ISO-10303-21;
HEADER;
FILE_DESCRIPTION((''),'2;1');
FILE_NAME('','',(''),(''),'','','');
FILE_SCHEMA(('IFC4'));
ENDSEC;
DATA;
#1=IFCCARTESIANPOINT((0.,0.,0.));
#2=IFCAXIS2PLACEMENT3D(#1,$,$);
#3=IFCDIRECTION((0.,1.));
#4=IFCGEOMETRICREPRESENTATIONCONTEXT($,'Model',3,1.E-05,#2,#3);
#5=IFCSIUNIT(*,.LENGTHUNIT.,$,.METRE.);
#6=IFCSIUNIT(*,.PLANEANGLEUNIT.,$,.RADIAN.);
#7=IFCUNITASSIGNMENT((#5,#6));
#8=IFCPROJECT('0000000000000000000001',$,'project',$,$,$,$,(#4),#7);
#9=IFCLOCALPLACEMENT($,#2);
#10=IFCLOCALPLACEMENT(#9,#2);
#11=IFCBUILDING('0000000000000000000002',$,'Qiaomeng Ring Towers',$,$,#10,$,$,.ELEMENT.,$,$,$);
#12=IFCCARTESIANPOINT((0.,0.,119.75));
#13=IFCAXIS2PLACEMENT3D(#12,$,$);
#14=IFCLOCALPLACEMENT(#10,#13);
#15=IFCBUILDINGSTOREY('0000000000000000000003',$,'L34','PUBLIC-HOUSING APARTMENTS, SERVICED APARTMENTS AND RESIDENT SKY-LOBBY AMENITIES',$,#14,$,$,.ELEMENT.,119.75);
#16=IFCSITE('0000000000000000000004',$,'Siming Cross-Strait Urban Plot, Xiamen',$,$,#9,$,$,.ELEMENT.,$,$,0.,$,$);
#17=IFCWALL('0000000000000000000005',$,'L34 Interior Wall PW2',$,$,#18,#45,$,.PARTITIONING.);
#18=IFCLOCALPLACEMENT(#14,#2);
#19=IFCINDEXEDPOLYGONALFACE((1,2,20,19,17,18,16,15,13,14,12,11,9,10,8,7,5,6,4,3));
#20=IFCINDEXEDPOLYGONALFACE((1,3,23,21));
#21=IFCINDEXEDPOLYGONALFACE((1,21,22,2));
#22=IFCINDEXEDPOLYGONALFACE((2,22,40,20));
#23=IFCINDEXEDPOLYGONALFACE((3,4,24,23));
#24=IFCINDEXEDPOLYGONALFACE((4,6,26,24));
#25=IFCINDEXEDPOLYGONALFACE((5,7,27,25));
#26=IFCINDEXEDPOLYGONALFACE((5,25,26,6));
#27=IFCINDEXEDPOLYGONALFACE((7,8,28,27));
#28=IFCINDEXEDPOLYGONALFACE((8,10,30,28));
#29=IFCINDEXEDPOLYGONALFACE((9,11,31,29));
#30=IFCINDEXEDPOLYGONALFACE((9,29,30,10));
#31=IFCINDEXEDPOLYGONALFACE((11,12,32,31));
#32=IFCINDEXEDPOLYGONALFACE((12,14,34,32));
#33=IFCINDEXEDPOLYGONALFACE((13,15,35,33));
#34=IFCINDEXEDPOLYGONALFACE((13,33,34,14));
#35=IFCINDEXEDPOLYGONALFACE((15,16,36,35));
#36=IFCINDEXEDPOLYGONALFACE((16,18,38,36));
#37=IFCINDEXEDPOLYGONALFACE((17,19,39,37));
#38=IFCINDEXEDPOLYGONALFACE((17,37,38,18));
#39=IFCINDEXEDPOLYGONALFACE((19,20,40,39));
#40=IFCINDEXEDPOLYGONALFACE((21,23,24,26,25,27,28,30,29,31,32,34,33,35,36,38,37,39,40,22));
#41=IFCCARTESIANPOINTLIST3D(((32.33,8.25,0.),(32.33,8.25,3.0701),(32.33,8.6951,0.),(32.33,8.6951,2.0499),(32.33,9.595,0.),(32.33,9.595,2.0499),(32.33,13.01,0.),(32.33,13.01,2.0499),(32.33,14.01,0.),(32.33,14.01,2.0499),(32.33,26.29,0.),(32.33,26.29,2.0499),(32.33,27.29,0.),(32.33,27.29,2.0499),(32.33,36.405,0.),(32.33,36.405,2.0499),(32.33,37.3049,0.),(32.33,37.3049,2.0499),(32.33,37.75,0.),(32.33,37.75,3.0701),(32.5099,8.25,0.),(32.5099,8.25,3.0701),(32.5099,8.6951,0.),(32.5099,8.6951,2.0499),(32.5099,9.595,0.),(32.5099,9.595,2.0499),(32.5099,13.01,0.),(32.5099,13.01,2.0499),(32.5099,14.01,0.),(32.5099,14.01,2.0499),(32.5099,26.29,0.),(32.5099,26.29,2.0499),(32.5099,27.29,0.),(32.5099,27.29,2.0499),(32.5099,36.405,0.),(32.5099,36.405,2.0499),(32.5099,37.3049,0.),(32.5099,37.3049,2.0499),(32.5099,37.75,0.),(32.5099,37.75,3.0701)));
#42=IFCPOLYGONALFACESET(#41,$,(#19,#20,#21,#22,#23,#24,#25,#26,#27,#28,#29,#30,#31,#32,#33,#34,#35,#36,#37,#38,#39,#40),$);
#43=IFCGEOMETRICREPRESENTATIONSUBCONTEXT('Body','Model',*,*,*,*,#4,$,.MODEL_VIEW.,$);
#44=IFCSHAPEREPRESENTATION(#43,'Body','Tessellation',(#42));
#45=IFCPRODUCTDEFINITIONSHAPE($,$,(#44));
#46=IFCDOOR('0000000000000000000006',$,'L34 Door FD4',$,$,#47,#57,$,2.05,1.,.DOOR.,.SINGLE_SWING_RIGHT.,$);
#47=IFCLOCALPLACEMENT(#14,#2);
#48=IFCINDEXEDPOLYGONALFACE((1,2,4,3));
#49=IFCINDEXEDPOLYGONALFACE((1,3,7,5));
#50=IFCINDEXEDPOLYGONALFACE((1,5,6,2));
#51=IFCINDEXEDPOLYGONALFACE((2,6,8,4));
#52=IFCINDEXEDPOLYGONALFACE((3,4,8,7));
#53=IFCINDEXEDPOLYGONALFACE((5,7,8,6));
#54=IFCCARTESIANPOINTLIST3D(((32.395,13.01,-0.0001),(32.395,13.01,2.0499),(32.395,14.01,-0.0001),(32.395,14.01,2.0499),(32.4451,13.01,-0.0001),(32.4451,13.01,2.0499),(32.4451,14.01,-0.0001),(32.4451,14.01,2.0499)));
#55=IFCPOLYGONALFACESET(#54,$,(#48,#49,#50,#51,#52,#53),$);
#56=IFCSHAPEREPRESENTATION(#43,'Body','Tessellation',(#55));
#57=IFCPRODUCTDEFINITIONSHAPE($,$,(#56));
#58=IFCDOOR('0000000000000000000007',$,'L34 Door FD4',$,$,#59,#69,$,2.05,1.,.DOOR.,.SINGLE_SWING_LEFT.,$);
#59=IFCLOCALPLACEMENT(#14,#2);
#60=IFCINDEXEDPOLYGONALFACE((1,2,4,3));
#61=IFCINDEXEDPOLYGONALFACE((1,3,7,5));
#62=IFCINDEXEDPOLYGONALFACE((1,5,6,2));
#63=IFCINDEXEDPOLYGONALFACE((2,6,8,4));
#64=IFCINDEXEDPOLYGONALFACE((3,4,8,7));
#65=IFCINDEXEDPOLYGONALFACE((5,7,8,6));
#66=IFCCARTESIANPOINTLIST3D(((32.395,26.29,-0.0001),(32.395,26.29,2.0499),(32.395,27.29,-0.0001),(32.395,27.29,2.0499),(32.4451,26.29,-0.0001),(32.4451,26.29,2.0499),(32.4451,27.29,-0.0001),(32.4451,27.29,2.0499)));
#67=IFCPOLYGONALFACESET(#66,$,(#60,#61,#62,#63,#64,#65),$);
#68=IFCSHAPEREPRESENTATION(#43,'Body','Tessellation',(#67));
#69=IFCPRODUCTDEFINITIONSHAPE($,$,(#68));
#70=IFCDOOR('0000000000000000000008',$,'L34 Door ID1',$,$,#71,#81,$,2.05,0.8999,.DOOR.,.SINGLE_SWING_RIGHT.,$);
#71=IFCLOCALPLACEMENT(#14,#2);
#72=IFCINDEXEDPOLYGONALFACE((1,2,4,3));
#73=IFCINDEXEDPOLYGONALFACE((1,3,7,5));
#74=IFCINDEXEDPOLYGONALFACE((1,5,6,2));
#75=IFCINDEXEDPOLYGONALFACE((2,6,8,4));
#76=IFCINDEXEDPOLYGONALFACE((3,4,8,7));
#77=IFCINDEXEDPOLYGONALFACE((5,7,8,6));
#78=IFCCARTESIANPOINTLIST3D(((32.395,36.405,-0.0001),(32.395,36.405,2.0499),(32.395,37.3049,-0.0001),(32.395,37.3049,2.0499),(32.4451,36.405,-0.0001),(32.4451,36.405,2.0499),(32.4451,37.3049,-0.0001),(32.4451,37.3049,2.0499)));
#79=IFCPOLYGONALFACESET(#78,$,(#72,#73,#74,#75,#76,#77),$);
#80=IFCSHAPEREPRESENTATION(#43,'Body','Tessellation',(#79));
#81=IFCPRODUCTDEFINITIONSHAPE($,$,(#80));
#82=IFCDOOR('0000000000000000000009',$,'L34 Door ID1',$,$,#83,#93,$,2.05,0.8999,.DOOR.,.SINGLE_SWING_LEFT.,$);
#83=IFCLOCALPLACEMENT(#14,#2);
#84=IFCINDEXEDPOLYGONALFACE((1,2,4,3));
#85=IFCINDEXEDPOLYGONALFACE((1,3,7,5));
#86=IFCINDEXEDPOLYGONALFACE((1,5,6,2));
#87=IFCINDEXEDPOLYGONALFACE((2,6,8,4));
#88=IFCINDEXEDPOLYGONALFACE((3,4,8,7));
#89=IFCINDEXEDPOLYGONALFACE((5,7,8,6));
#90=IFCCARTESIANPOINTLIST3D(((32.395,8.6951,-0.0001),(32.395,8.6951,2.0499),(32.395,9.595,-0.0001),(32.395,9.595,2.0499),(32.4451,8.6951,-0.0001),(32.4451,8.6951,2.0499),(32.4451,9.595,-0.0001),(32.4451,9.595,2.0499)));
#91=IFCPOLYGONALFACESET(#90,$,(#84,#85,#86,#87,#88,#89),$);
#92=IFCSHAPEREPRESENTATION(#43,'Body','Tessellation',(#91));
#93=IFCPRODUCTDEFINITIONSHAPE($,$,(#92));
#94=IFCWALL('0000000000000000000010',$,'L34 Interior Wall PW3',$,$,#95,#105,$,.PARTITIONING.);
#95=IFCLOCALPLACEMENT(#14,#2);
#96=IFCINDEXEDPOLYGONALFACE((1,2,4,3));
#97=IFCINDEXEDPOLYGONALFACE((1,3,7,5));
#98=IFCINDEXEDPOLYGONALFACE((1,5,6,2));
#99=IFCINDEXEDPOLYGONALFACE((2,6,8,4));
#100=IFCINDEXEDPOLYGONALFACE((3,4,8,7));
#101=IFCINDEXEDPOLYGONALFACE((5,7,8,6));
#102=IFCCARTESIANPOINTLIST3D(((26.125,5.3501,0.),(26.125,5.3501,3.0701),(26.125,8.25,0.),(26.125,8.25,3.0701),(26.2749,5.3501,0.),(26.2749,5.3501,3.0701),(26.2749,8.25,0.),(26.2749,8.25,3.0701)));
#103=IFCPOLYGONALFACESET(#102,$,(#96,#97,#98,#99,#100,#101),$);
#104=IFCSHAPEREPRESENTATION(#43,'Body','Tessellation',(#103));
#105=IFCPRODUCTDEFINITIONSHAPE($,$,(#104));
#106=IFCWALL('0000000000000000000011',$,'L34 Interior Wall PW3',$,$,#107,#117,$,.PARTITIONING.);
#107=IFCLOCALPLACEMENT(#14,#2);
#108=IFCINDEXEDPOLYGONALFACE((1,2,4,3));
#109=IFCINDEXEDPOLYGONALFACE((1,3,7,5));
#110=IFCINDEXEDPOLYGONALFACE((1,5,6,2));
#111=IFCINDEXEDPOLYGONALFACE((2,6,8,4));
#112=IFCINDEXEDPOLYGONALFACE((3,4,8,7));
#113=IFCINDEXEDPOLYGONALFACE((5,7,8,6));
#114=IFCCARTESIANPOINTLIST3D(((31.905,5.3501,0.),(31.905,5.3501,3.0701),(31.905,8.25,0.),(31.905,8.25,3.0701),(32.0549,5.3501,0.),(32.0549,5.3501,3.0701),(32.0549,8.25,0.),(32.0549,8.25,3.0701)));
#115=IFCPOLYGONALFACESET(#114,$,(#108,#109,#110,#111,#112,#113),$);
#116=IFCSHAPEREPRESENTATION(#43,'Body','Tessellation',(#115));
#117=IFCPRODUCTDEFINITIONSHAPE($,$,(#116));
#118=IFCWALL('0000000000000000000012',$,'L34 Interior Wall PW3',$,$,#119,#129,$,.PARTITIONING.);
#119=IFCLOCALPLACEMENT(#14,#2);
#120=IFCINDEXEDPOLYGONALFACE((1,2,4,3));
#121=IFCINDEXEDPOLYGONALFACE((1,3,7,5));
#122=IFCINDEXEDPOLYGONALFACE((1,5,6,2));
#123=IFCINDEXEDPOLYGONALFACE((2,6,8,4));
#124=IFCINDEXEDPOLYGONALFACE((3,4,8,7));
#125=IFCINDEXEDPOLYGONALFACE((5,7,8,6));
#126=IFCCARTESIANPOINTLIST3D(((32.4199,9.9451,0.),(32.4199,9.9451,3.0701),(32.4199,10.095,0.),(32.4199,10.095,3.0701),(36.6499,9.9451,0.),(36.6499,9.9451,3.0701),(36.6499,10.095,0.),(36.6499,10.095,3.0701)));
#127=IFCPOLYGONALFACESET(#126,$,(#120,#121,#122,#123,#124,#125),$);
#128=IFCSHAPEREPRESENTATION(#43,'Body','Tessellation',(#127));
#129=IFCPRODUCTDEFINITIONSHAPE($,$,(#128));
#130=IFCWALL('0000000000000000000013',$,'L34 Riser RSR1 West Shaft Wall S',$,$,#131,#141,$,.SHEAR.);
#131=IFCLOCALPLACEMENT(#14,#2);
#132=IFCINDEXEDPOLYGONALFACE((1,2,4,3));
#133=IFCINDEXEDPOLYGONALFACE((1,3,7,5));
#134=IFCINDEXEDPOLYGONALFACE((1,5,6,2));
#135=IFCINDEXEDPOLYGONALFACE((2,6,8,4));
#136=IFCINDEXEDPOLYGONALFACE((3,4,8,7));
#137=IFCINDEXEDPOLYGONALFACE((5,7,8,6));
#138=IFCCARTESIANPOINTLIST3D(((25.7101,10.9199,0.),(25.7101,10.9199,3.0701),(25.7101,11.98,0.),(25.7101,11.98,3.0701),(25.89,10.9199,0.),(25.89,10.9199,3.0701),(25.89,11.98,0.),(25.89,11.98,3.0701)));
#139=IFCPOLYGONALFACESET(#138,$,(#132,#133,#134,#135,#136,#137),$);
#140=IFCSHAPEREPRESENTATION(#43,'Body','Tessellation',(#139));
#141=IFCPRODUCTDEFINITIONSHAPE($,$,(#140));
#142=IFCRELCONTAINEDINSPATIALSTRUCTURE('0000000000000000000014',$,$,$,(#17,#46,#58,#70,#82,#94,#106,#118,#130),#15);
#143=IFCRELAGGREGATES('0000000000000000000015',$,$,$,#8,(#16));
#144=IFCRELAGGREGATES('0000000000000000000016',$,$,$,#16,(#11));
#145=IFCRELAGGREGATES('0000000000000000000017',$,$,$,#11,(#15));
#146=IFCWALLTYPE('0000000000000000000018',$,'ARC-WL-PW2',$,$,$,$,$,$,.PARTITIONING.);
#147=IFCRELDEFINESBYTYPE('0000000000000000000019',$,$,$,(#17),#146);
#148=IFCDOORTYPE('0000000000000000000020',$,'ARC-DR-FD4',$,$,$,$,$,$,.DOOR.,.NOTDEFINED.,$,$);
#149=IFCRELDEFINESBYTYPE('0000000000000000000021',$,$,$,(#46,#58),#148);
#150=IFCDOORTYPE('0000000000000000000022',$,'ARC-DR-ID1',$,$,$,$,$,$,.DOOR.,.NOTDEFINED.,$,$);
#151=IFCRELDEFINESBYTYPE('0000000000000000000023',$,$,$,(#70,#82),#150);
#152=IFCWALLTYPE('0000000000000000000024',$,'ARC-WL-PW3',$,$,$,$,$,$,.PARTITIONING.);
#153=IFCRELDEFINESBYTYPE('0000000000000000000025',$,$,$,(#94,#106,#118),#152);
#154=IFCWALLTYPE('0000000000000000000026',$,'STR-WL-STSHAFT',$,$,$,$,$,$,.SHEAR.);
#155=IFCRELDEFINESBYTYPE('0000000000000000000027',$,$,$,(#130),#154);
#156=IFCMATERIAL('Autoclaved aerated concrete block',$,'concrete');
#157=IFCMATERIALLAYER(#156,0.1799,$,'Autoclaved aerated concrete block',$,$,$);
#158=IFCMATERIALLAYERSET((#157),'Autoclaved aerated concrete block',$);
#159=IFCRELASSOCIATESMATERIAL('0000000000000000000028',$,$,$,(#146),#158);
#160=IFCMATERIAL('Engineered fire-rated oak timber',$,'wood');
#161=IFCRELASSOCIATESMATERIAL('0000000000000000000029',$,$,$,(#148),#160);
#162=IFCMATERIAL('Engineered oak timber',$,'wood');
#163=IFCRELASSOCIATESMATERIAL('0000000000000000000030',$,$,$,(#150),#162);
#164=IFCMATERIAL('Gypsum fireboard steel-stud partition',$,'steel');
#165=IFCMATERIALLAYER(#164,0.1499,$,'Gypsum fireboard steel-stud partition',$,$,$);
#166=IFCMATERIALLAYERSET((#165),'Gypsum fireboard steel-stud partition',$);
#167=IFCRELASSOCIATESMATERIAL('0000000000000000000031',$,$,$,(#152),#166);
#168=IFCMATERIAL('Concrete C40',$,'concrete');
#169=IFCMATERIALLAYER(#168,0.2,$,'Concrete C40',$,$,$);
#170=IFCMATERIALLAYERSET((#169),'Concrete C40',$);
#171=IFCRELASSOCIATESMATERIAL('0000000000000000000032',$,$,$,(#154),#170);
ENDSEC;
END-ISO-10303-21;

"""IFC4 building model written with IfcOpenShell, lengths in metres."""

from ifc_helpers import new_model, si_unit, direction, frame, frame_2d, origin, place, context, subcontext, project, spatial, rectangle, extrude, source, transform, mapped, material, layer, layer_set, type_object, element, fill, save


model = new_model("IFC4")

# Units and contexts
model_context = context("Model", 3, precision=1e-05, world=origin(), true_north=direction((0.0, 1.0)))
body_context = subcontext(model_context, "Body", "Model", "MODEL_VIEW")
ifc_project = project(units=[si_unit("LENGTHUNIT", "METRE"), si_unit("PLANEANGLEUNIT", "RADIAN")], contexts=[model_context])

# Site, building, storey
site_placement = place(None, origin())
site = spatial("IfcSite", under=ifc_project, at=site_placement, Name="Siming Cross-Strait Urban Plot, Xiamen", CompositionType="ELEMENT", RefElevation=0.0)
building_placement = place(site_placement, origin())
building = spatial("IfcBuilding", under=site, at=building_placement, Name="Qiaomeng Ring Towers", CompositionType="ELEMENT")
storey_placement = place(building_placement, frame((0.0, 0.0, 119.75)))
storey = spatial("IfcBuildingStorey", under=building, at=storey_placement, Name="L34", Description="PUBLIC-HOUSING APARTMENTS, SERVICED APARTMENTS AND RESIDENT SKY-LOBBY AMENITIES", CompositionType="ELEMENT", Elevation=119.75)

# Wall, openings, doors
ifc_material_1 = material(Name="Autoclaved aerated concrete block", Category="concrete")
ifc_layer_1 = layer(ifc_material_1, 0.1799, Name="Autoclaved aerated concrete block")
ifc_layer_set_1 = layer_set([ifc_layer_1], Name="Autoclaved aerated concrete block")
wall_type_1 = type_object("IfcWallType", Name="ARC-WL-PW2", PredefinedType="PARTITIONING", material=ifc_layer_set_1)
wall_1_placement = place(storey_placement, frame((32.4199, 8.25, 0.0), z_axis=(0.0, 0.0, 1.0), x_axis=(0.0, 1.0, 0.0)))
wall_1 = element("IfcWall", 1, at=wall_1_placement, inside=storey, type_object=wall_type_1, Name="L34 Interior Wall PW2", PredefinedType="PARTITIONING", context=body_context, shape_type="SweptSolid", body=[
    extrude(rectangle(XDim=29.5, YDim=0.1799, at=frame_2d((14.75, 0.0))), origin(), (0.0, 0.0, 1.0), 3.0701),
])
opening_1_placement = place(wall_1_placement, frame((28.155, 0.0, 0.0)))
opening_1 = element("IfcOpeningElement", 2, at=opening_1_placement, cuts=wall_1, PredefinedType="OPENING", context=body_context, shape_type="SweptSolid", body=[
    extrude(rectangle(XDim=0.8999, YDim=2.05, at=frame_2d((0.45, 1.0249))), frame((0.0, 0.0999, 0.0), z_axis=(0.0, -1.0, 0.0), x_axis=(1.0, 0.0, 0.0)), (0.0, 0.0, 1.0), 0.2),
])
opening_2_placement = place(wall_1_placement, frame((0.4451, 0.0, 0.0)))
opening_2 = element("IfcOpeningElement", 3, at=opening_2_placement, cuts=wall_1, PredefinedType="OPENING", context=body_context, shape_type="SweptSolid", body=[
    extrude(rectangle(XDim=0.8999, YDim=2.05, at=frame_2d((0.45, 1.0249))), frame((0.0, 0.0999, 0.0), z_axis=(0.0, -1.0, 0.0), x_axis=(1.0, 0.0, 0.0)), (0.0, 0.0, 1.0), 0.2),
])
opening_3_placement = place(wall_1_placement, frame((4.76, 0.0, 0.0)))
opening_3 = element("IfcOpeningElement", 4, at=opening_3_placement, cuts=wall_1, PredefinedType="OPENING", context=body_context, shape_type="SweptSolid", body=[
    extrude(rectangle(XDim=1.0, YDim=2.05, at=frame_2d((0.5, 1.0249))), frame((0.0, 0.0999, 0.0), z_axis=(0.0, -1.0, 0.0), x_axis=(1.0, 0.0, 0.0)), (0.0, 0.0, 1.0), 0.2),
])
opening_4_placement = place(wall_1_placement, frame((18.04, 0.0, 0.0)))
opening_4 = element("IfcOpeningElement", 5, at=opening_4_placement, cuts=wall_1, PredefinedType="OPENING", context=body_context, shape_type="SweptSolid", body=[
    extrude(rectangle(XDim=1.0, YDim=2.05, at=frame_2d((0.5, 1.0249))), frame((0.0, 0.0999, 0.0), z_axis=(0.0, -1.0, 0.0), x_axis=(1.0, 0.0, 0.0)), (0.0, 0.0, 1.0), 0.2),
])
ifc_material_2 = material(Name="Engineered fire-rated oak timber", Category="wood")
door_type_1 = type_object("IfcDoorType", Name="ARC-DR-FD4", OperationType="NOTDEFINED", PredefinedType="DOOR", material=ifc_material_2)
shared_shape_1 = source(origin(), body_context, "Body", "SweptSolid", [
    extrude(rectangle(XDim=1.0, YDim=2.05, at=frame_2d((0.5, 1.0249))), frame((0.0, 0.0249, 0.0), z_axis=(0.0, -1.0, 0.0), x_axis=(1.0, 0.0, 0.0)), (0.0, 0.0, 1.0), 0.05),
])
door_1_placement = place(opening_3_placement, origin())
door_1 = element("IfcDoor", 6, at=door_1_placement, inside=storey, type_object=door_type_1, Name="L34 Door FD4", OperationType="SINGLE_SWING_RIGHT", OverallHeight=2.05, OverallWidth=1.0, PredefinedType="DOOR", context=body_context, shape_type="MappedRepresentation", body=[
    mapped(shared_shape_1, transform((0.0, 0.0, 0.0), x_axis=(1.0, 0.0, 0.0), y_axis=(0.0, 1.0, 0.0), z_axis=(0.0, 0.0, 1.0), scale=1.0)),
])
fill(opening_3, door_1)
door_2_placement = place(opening_4_placement, origin())
door_2 = element("IfcDoor", 7, at=door_2_placement, inside=storey, type_object=door_type_1, Name="L34 Door FD4", OperationType="SINGLE_SWING_LEFT", OverallHeight=2.05, OverallWidth=1.0, PredefinedType="DOOR", context=body_context, shape_type="MappedRepresentation", body=[
    mapped(shared_shape_1, transform((0.0, 0.0, 0.0), x_axis=(1.0, 0.0, 0.0), y_axis=(0.0, 1.0, 0.0), z_axis=(0.0, 0.0, 1.0), scale=1.0)),
])
fill(opening_4, door_2)
ifc_material_3 = material(Name="Engineered oak timber", Category="wood")
door_type_2 = type_object("IfcDoorType", Name="ARC-DR-ID1", OperationType="NOTDEFINED", PredefinedType="DOOR", material=ifc_material_3)
shared_shape_2 = source(origin(), body_context, "Body", "SweptSolid", [
    extrude(rectangle(XDim=0.8999, YDim=2.05, at=frame_2d((0.45, 1.0249))), frame((0.0, 0.0249, 0.0), z_axis=(0.0, -1.0, 0.0), x_axis=(1.0, 0.0, 0.0)), (0.0, 0.0, 1.0), 0.05),
])
door_3_placement = place(opening_1_placement, origin())
door_3 = element("IfcDoor", 8, at=door_3_placement, inside=storey, type_object=door_type_2, Name="L34 Door ID1", OperationType="SINGLE_SWING_RIGHT", OverallHeight=2.05, OverallWidth=0.8999, PredefinedType="DOOR", context=body_context, shape_type="MappedRepresentation", body=[
    mapped(shared_shape_2, transform((0.0, 0.0, 0.0), x_axis=(1.0, 0.0, 0.0), y_axis=(0.0, 1.0, 0.0), z_axis=(0.0, 0.0, 1.0), scale=1.0)),
])
fill(opening_1, door_3)
door_4_placement = place(opening_2_placement, origin())
door_4 = element("IfcDoor", 9, at=door_4_placement, inside=storey, type_object=door_type_2, Name="L34 Door ID1", OperationType="SINGLE_SWING_LEFT", OverallHeight=2.05, OverallWidth=0.8999, PredefinedType="DOOR", context=body_context, shape_type="MappedRepresentation", body=[
    mapped(shared_shape_2, transform((0.0, 0.0, 0.0), x_axis=(1.0, 0.0, 0.0), y_axis=(0.0, 1.0, 0.0), z_axis=(0.0, 0.0, 1.0), scale=1.0)),
])
fill(opening_2, door_4)

# Walls
ifc_material_4 = material(Name="Gypsum fireboard steel-stud partition", Category="steel")
ifc_layer_2 = layer(ifc_material_4, 0.1499, Name="Gypsum fireboard steel-stud partition")
ifc_layer_set_2 = layer_set([ifc_layer_2], Name="Gypsum fireboard steel-stud partition")
wall_type_2 = type_object("IfcWallType", Name="ARC-WL-PW3", PredefinedType="PARTITIONING", material=ifc_layer_set_2)
for number, where, z_axis, x_axis, name in (
    (10, (26.2, 5.3501, 0.0), (0.0, 0.0, 1.0), (0.0, 1.0, 0.0), "L34 Interior Wall PW3"),
    (11, (31.98, 5.3501, 0.0), (0.0, 0.0, 1.0), (0.0, 1.0, 0.0), "L34 Interior Wall PW3"),
):
    element("IfcWall", number, at=place(storey_placement, frame(where, z_axis=z_axis, x_axis=x_axis)), inside=storey, type_object=wall_type_2, Name=name, PredefinedType="PARTITIONING", context=body_context, shape_type="SweptSolid", body=[
        extrude(rectangle(XDim=2.8999, YDim=0.1499, at=frame_2d((1.45, 0.0))), origin(), (0.0, 0.0, 1.0), 3.0701),
    ])
wall_2_placement = place(storey_placement, frame((32.4199, 10.02, 0.0), z_axis=(0.0, 0.0, 1.0), x_axis=(1.0, 0.0, 0.0)))
element("IfcWall", 12, at=wall_2_placement, inside=storey, type_object=wall_type_2, Name="L34 Interior Wall PW3", PredefinedType="PARTITIONING", context=body_context, shape_type="SweptSolid", body=[
    extrude(rectangle(XDim=4.23, YDim=0.1499, at=frame_2d((2.115, 0.0))), origin(), (0.0, 0.0, 1.0), 3.0701),
])
ifc_material_5 = material(Name="Concrete C40", Category="concrete")
ifc_layer_3 = layer(ifc_material_5, 0.2, Name="Concrete C40")
ifc_layer_set_3 = layer_set([ifc_layer_3], Name="Concrete C40")
wall_type_3 = type_object("IfcWallType", Name="STR-WL-STSHAFT", PredefinedType="SHEAR", material=ifc_layer_set_3)
wall_3_placement = place(storey_placement, frame((25.8, 10.9199, 0.0), z_axis=(0.0, 0.0, 1.0), x_axis=(0.0, 1.0, 0.0)))
element("IfcWall", 13, at=wall_3_placement, inside=storey, type_object=wall_type_3, Name="L34 Riser RSR1 West Shaft Wall S", PredefinedType="SHEAR", context=body_context, shape_type="SweptSolid", body=[
    extrude(rectangle(XDim=1.0601, YDim=0.1799, at=frame_2d((0.53, 0.0))), origin(), (0.0, 0.0, 1.0), 3.0701),
])

save(model, "model.ifc")
